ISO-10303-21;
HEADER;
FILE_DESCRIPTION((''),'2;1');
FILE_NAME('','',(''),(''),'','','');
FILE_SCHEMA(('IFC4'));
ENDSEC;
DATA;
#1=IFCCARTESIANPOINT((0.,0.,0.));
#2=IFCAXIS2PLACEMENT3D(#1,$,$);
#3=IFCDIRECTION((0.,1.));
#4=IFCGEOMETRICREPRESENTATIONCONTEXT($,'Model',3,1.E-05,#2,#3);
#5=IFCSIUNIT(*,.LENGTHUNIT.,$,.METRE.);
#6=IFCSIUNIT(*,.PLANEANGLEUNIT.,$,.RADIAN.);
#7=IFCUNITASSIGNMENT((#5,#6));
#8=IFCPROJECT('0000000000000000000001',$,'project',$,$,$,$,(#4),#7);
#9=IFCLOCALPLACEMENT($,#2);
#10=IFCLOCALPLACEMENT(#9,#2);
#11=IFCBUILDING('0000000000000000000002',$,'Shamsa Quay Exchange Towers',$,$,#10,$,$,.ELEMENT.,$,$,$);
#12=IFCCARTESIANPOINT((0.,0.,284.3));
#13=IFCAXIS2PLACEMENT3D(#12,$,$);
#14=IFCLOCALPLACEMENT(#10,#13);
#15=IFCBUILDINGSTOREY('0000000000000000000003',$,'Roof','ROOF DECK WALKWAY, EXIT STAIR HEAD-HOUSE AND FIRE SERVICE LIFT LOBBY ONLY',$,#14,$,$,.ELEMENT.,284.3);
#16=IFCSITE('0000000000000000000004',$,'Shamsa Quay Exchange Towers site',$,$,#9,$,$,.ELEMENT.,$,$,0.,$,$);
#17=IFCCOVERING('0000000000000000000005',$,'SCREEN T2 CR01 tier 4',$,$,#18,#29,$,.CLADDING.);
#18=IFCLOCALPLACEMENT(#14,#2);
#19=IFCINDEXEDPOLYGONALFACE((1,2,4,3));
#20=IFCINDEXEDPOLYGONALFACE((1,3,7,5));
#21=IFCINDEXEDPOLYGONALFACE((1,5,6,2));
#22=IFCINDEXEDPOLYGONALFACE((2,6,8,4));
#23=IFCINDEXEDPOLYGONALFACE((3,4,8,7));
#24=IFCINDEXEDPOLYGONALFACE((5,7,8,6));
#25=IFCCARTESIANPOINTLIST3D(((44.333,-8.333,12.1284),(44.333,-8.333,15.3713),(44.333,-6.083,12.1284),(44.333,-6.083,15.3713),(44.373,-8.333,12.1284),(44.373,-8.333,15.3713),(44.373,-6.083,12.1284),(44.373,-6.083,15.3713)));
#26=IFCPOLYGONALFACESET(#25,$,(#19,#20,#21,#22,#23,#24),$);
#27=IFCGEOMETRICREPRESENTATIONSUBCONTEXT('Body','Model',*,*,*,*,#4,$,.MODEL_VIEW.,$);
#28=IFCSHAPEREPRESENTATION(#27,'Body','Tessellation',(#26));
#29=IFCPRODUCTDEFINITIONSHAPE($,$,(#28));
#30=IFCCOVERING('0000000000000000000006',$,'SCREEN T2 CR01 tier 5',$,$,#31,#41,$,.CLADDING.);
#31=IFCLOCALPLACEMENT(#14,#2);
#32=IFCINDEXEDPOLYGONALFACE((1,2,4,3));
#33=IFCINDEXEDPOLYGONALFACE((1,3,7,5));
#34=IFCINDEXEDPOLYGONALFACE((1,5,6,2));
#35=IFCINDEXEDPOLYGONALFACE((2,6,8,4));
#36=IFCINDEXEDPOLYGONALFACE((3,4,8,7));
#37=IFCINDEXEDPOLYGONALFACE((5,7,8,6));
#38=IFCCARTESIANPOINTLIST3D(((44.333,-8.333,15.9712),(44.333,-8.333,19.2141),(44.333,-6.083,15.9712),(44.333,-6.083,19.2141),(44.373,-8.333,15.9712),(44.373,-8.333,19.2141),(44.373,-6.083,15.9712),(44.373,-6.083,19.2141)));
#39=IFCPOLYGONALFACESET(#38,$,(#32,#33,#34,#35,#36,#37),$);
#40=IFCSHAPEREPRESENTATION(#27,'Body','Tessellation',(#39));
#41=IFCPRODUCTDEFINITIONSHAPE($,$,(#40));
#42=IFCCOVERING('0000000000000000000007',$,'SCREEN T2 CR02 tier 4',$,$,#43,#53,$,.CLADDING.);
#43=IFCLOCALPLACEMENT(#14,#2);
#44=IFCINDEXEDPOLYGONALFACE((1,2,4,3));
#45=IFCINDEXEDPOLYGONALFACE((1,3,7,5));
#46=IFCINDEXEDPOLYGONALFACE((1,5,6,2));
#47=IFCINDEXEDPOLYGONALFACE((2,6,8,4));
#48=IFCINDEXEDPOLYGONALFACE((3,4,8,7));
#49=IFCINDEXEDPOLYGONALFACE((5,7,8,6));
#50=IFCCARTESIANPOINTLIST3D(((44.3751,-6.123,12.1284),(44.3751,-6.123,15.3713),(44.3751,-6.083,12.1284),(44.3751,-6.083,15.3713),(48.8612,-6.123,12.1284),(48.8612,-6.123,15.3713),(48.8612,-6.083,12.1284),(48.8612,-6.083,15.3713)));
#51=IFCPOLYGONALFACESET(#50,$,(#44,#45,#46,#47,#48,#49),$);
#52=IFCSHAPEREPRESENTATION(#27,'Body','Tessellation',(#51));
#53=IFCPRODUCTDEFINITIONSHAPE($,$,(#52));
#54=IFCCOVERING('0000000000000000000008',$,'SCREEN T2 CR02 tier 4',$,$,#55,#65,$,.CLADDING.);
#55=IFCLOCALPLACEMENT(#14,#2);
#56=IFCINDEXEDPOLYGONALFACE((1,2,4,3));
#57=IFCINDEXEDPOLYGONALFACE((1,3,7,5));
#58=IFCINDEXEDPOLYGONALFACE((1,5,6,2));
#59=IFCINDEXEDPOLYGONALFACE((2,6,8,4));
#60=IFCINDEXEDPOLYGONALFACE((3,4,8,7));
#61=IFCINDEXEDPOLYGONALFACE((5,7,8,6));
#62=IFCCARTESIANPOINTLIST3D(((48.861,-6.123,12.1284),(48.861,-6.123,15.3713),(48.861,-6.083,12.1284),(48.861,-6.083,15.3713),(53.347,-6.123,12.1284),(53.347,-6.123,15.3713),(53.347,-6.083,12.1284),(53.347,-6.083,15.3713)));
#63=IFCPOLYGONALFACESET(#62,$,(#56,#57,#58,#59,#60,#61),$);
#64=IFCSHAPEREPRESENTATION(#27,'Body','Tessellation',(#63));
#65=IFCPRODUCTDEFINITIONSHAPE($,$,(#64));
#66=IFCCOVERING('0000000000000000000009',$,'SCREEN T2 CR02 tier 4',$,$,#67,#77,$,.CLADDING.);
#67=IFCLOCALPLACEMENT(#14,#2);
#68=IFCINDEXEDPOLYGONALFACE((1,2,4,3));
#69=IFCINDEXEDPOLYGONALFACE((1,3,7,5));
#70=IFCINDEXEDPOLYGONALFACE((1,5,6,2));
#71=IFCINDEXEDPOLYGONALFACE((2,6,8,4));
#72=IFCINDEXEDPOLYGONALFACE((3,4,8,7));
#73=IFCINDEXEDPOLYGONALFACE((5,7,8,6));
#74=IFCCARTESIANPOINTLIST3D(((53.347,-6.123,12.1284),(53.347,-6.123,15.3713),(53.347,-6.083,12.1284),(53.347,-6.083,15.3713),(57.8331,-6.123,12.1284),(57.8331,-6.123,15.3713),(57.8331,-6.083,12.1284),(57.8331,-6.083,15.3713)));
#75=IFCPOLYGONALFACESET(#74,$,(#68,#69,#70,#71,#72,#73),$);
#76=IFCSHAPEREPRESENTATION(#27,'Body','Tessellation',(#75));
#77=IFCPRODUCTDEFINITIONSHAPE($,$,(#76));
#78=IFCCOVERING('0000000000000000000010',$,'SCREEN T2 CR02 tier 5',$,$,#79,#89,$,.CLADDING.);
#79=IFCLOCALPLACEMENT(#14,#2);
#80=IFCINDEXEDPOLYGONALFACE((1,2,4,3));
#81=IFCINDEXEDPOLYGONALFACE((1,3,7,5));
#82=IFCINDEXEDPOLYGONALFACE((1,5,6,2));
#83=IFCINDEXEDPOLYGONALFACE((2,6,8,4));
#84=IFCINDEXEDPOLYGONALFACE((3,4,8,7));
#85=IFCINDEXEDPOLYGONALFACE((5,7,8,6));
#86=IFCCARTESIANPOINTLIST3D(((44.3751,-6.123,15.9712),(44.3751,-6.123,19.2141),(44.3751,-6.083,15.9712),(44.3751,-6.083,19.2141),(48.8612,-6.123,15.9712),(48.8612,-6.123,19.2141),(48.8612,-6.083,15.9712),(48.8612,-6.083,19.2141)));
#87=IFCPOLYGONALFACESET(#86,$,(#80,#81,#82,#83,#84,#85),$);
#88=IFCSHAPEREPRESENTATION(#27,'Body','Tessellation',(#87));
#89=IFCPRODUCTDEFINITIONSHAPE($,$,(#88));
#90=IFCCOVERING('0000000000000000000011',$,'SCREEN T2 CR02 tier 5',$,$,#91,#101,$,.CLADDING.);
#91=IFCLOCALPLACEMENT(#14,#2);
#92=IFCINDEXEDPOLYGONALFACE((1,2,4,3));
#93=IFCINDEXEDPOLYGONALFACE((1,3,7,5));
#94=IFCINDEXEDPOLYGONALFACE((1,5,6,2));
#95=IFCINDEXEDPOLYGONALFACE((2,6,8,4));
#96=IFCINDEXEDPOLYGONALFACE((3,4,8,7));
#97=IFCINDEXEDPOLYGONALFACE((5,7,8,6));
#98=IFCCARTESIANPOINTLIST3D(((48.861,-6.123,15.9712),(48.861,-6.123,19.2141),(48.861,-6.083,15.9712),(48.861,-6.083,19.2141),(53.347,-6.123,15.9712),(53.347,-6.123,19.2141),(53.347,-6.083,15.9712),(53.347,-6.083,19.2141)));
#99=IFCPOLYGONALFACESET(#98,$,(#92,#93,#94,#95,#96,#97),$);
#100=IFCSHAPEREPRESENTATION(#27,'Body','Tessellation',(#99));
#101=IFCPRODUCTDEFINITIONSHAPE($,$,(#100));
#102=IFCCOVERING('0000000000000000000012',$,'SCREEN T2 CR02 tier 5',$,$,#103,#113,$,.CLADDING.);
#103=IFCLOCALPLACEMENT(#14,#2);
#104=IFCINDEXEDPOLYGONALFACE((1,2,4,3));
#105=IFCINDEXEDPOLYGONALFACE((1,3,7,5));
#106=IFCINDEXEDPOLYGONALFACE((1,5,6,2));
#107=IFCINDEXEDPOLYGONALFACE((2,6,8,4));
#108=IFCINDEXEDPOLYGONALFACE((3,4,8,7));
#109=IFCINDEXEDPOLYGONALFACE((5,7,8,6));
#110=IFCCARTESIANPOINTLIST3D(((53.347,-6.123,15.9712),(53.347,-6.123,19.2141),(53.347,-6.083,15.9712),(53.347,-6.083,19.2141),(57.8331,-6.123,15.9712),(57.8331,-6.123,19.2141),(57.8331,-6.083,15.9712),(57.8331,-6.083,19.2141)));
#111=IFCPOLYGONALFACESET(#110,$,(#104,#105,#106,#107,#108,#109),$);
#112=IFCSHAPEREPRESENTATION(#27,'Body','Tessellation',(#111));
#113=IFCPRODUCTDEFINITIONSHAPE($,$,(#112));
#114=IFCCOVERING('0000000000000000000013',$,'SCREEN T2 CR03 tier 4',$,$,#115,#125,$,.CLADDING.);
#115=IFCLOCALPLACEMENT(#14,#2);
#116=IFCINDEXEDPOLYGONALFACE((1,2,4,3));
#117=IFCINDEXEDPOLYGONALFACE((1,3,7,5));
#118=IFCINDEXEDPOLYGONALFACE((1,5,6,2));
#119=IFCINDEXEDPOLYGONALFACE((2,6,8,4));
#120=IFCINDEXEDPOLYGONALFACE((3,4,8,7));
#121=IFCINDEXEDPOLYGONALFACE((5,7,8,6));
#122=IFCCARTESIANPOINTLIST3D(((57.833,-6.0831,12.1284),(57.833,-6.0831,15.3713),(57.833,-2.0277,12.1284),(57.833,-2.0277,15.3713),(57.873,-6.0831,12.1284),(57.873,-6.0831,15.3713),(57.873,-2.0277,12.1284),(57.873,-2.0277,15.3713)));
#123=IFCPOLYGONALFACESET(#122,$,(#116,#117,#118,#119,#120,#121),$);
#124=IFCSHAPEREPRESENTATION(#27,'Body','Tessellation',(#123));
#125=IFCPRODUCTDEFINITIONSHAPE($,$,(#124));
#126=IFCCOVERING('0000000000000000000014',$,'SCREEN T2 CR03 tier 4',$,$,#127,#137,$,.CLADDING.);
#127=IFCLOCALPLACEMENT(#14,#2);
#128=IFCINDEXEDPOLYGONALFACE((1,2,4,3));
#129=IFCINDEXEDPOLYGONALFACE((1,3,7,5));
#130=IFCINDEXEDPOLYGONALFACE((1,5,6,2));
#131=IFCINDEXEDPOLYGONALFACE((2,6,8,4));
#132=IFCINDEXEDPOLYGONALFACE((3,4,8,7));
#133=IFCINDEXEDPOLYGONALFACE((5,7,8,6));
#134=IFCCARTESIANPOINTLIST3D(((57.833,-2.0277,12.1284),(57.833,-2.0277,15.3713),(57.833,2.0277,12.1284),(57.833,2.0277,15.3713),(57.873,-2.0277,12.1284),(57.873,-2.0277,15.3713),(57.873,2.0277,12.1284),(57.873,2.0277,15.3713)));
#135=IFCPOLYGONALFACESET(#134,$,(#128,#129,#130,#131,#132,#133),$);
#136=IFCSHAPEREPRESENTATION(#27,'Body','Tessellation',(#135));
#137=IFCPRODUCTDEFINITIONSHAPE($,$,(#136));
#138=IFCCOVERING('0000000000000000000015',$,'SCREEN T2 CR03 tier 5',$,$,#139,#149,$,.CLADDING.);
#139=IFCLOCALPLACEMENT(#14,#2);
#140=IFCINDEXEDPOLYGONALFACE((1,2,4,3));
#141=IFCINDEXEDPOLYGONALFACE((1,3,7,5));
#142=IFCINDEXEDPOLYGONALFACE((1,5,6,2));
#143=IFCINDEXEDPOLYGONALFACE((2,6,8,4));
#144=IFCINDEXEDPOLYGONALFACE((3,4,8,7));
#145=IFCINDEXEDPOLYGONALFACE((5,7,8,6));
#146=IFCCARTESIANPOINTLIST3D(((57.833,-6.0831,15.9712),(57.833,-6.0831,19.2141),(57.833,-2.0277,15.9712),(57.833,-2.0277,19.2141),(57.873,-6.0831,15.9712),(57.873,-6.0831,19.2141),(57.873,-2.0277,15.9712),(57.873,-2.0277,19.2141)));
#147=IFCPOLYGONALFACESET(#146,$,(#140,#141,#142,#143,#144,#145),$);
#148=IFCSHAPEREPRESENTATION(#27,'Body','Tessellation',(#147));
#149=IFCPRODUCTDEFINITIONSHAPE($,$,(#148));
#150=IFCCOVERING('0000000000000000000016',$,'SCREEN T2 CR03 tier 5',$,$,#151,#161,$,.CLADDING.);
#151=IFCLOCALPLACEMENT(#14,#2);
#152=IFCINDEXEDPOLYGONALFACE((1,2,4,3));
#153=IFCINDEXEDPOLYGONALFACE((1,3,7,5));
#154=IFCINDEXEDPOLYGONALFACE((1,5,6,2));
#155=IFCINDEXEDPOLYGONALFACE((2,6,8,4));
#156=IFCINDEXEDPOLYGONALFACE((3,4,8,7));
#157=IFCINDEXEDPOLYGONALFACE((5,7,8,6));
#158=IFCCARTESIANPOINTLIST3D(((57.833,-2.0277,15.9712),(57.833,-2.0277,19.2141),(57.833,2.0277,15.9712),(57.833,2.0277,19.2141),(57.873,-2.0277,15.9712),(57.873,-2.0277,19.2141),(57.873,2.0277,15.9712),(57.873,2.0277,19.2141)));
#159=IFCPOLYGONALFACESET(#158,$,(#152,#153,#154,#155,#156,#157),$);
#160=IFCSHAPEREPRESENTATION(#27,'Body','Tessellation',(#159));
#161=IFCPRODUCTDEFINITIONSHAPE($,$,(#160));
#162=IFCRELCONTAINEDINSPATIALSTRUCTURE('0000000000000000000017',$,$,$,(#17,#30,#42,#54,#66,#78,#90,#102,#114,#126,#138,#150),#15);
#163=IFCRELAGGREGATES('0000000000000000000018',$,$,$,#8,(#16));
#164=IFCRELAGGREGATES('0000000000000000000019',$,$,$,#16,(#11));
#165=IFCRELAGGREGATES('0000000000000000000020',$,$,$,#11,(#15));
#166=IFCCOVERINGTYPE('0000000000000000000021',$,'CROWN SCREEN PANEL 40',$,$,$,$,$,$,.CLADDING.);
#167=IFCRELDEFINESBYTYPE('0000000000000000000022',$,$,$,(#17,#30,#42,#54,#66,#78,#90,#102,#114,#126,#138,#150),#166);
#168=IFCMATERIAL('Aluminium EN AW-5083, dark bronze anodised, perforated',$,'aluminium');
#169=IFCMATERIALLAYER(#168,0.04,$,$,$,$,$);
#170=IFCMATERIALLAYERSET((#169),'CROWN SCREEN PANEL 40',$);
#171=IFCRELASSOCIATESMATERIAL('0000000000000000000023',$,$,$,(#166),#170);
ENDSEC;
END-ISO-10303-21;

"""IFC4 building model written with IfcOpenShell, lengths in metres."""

from ifc_helpers import new_model, si_unit, direction, frame, origin, origin_2d, place, context, subcontext, project, spatial, rectangle, extrude, material, layer, layer_set, type_object, element, save


model = new_model("IFC4")

# Units and contexts
model_context = context("Model", 3, precision=1e-05, world=origin(), true_north=direction((0.0, 1.0)))
body_context = subcontext(model_context, "Body", "Model", "MODEL_VIEW")
ifc_project = project(units=[si_unit("LENGTHUNIT", "METRE"), si_unit("PLANEANGLEUNIT", "RADIAN")], contexts=[model_context])

# Site, building, storey
site_placement = place(None, origin())
site = spatial("IfcSite", under=ifc_project, at=site_placement, Name="Shamsa Quay Exchange Towers site", CompositionType="ELEMENT", RefElevation=0.0)
building_placement = place(site_placement, origin())
building = spatial("IfcBuilding", under=site, at=building_placement, Name="Shamsa Quay Exchange Towers", CompositionType="ELEMENT")
storey_placement = place(building_placement, frame((0.0, 0.0, 284.3)))
storey = spatial("IfcBuildingStorey", under=building, at=storey_placement, Name="Roof", Description="ROOF DECK WALKWAY, EXIT STAIR HEAD-HOUSE AND FIRE SERVICE LIFT LOBBY ONLY", CompositionType="ELEMENT", Elevation=284.3)

# Coverings
ifc_material_1 = material(Name="Aluminium EN AW-5083, dark bronze anodised, perforated", Category="aluminium")
ifc_layer = layer(ifc_material_1, 0.04)
ifc_layer_set = layer_set([ifc_layer], Name="CROWN SCREEN PANEL 40")
covering_type = type_object("IfcCoveringType", Name="CROWN SCREEN PANEL 40", PredefinedType="CLADDING", material=ifc_layer_set)
for number, where, z_axis, x_axis, name in (
    (1, (44.353, -7.208, 12.1284), (0.0, 0.0, 1.0), (0.0, 1.0, 0.0), "SCREEN T2 CR01 tier 4"),
    (2, (44.353, -7.208, 15.9712), (0.0, 0.0, 1.0), (0.0, 1.0, 0.0), "SCREEN T2 CR01 tier 5"),
):
    element("IfcCovering", number, at=place(storey_placement, frame(where, z_axis=z_axis, x_axis=x_axis)), inside=storey, type_object=covering_type, Name=name, PredefinedType="CLADDING", context=body_context, shape_type="SweptSolid", body=[
        extrude(rectangle(XDim=2.25, YDim=0.04, at=origin_2d()), origin(), (0.0, 0.0, 1.0), 3.2429),
    ])
for number, where, name in (
    (3, (46.6182, -6.103, 12.1284), "SCREEN T2 CR02 tier 4"),
    (4, (51.104, -6.103, 12.1284), "SCREEN T2 CR02 tier 4"),
    (5, (55.5901, -6.103, 12.1284), "SCREEN T2 CR02 tier 4"),
    (6, (46.6182, -6.103, 15.9712), "SCREEN T2 CR02 tier 5"),
    (7, (51.104, -6.103, 15.9712), "SCREEN T2 CR02 tier 5"),
    (8, (55.5901, -6.103, 15.9712), "SCREEN T2 CR02 tier 5"),
):
    element("IfcCovering", number, at=place(storey_placement, frame(where)), inside=storey, type_object=covering_type, Name=name, PredefinedType="CLADDING", context=body_context, shape_type="SweptSolid", body=[
        extrude(rectangle(XDim=4.4861, YDim=0.04, at=origin_2d()), origin(), (0.0, 0.0, 1.0), 3.2429),
    ])
for number, where, z_axis, x_axis, name in (
    (9, (57.853, -4.0554, 12.1284), (0.0, 0.0, 1.0), (0.0, 1.0, 0.0), "SCREEN T2 CR03 tier 4"),
    (10, (57.853, 0.0, 12.1284), (0.0, 0.0, 1.0), (0.0, 1.0, 0.0), "SCREEN T2 CR03 tier 4"),
    (11, (57.853, -4.0554, 15.9712), (0.0, 0.0, 1.0), (0.0, 1.0, 0.0), "SCREEN T2 CR03 tier 5"),
    (12, (57.853, 0.0, 15.9712), (0.0, 0.0, 1.0), (0.0, 1.0, 0.0), "SCREEN T2 CR03 tier 5"),
):
    element("IfcCovering", number, at=place(storey_placement, frame(where, z_axis=z_axis, x_axis=x_axis)), inside=storey, type_object=covering_type, Name=name, PredefinedType="CLADDING", context=body_context, shape_type="SweptSolid", body=[
        extrude(rectangle(XDim=4.0554, YDim=0.04, at=origin_2d()), origin(), (0.0, 0.0, 1.0), 3.2429),
    ])

save(model, "model.ifc")
